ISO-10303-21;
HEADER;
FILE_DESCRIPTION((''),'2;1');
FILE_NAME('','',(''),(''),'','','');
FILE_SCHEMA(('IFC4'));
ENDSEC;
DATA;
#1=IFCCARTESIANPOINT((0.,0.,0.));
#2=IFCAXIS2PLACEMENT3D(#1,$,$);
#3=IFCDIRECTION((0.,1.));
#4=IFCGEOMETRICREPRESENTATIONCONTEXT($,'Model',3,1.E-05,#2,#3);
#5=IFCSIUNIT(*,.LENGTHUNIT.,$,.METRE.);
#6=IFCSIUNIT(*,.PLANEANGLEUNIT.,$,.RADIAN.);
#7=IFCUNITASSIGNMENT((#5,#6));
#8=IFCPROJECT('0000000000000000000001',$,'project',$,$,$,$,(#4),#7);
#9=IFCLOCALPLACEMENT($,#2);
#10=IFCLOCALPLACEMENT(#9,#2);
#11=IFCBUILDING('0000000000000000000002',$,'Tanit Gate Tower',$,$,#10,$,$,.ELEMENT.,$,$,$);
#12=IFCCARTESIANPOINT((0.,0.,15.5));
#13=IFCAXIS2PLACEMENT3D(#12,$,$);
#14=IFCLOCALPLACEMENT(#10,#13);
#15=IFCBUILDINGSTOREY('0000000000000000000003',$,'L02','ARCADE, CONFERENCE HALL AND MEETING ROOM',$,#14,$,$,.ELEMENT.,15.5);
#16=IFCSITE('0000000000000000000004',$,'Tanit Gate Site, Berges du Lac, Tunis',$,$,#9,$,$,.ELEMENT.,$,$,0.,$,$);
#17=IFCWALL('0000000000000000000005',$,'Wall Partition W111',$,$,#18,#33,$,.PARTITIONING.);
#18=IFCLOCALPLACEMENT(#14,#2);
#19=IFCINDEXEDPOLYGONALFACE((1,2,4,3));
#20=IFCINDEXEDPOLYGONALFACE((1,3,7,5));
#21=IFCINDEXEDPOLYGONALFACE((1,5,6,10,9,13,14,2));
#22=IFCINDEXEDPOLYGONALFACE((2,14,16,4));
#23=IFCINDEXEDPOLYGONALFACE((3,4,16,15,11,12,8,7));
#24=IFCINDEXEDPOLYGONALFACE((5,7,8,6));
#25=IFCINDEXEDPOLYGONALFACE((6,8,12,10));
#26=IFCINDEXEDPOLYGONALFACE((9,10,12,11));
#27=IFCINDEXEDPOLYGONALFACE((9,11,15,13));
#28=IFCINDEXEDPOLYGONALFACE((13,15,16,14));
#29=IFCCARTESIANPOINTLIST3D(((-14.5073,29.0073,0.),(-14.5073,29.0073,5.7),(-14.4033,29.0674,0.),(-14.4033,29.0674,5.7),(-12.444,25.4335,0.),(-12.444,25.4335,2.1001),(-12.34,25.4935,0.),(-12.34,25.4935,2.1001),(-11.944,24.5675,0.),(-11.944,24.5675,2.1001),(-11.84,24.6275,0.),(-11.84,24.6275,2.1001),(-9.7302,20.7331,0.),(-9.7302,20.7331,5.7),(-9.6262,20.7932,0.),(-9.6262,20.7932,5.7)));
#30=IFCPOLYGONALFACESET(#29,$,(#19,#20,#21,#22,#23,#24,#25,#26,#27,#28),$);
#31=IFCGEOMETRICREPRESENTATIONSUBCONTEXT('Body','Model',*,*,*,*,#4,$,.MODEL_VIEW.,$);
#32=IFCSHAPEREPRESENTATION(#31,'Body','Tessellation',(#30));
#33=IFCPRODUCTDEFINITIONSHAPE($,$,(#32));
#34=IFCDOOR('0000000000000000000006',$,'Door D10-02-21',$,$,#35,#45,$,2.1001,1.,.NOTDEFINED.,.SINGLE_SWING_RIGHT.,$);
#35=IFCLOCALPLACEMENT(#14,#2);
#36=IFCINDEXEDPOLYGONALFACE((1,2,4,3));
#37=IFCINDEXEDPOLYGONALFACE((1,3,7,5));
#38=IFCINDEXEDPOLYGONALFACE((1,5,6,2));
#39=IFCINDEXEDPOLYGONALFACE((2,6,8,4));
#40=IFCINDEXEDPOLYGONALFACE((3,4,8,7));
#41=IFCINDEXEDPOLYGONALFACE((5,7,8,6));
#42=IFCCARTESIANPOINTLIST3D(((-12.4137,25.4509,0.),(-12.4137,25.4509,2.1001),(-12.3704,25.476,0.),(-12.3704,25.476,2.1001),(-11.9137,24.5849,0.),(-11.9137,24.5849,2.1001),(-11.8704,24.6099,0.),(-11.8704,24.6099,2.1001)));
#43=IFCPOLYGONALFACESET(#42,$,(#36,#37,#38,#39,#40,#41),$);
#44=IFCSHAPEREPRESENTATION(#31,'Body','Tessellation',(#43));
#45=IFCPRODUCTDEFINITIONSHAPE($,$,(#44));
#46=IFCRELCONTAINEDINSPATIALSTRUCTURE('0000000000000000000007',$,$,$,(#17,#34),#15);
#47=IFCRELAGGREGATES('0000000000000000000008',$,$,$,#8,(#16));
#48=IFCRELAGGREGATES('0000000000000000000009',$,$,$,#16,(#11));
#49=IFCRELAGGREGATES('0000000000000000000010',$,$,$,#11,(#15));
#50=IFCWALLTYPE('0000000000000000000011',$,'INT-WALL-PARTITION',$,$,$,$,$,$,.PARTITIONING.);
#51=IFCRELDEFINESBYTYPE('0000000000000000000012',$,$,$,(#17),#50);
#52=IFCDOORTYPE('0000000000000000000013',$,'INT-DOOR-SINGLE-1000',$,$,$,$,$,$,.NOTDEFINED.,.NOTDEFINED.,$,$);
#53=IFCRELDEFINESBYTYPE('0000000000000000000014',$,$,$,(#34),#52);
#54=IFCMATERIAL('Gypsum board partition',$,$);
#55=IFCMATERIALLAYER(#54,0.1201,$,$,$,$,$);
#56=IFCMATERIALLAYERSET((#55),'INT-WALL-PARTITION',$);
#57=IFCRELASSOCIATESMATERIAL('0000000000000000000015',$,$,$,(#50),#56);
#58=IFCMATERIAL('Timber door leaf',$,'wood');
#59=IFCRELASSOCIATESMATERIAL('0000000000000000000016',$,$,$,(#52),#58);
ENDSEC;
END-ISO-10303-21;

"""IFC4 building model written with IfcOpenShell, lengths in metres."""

from ifc_helpers import new_model, si_unit, direction, frame, frame_2d, origin, place, context, subcontext, project, spatial, rectangle, extrude, material, layer, layer_set, type_object, element, fill, save


model = new_model("IFC4")

# Units and contexts
model_context = context("Model", 3, precision=1e-05, world=origin(), true_north=direction((0.0, 1.0)))
body_context = subcontext(model_context, "Body", "Model", "MODEL_VIEW")
ifc_project = project(units=[si_unit("LENGTHUNIT", "METRE"), si_unit("PLANEANGLEUNIT", "RADIAN")], contexts=[model_context])

# Site, building, storey
site_placement = place(None, origin())
site = spatial("IfcSite", under=ifc_project, at=site_placement, Name="Tanit Gate Site, Berges du Lac, Tunis", CompositionType="ELEMENT", RefElevation=0.0)
building_placement = place(site_placement, origin())
building = spatial("IfcBuilding", under=site, at=building_placement, Name="Tanit Gate Tower", CompositionType="ELEMENT")
storey_placement = place(building_placement, frame((0.0, 0.0, 15.5)))
storey = spatial("IfcBuildingStorey", under=building, at=storey_placement, Name="L02", Description="ARCADE, CONFERENCE HALL AND MEETING ROOM", CompositionType="ELEMENT", Elevation=15.5)

# Wall, opening, door
ifc_material_1 = material(Name="Gypsum board partition")
ifc_layer_1 = layer(ifc_material_1, 0.1201)
ifc_layer_set_1 = layer_set([ifc_layer_1], Name="INT-WALL-PARTITION")
wall_type_1 = type_object("IfcWallType", Name="INT-WALL-PARTITION", PredefinedType="PARTITIONING", material=ifc_layer_set_1)
wall_1_placement = place(storey_placement, frame((-14.4553, 29.0374, 0.0), z_axis=(0.0, 0.0, 1.0), x_axis=(0.5, -0.866025, 0.0)))
wall_1 = element("IfcWall", 1, at=wall_1_placement, inside=storey, type_object=wall_type_1, Name="Wall Partition W111", PredefinedType="PARTITIONING", context=body_context, shape_type="SweptSolid", body=[
    extrude(rectangle(XDim=9.5542, YDim=0.1201, at=frame_2d((4.7771, 0.0))), origin(), (0.0, 0.0, 1.0), 5.7),
])
opening_1_placement = place(wall_1_placement, frame((4.1267, 0.0, 0.0)))
opening_1 = element("IfcOpeningElement", 2, at=opening_1_placement, cuts=wall_1, PredefinedType="OPENING", context=body_context, shape_type="SweptSolid", body=[
    extrude(rectangle(XDim=1.0, YDim=2.1001, at=frame_2d((0.5, 1.05))), frame((0.0, 0.0701, 0.0), z_axis=(0.0, -1.0, 0.0), x_axis=(1.0, 0.0, 0.0)), (0.0, 0.0, 1.0), 0.1401),
])
ifc_material_2 = material(Name="Timber door leaf", Category="wood")
door_type_1 = type_object("IfcDoorType", Name="INT-DOOR-SINGLE-1000", OperationType="NOTDEFINED", PredefinedType="NOTDEFINED", material=ifc_material_2)
door_1_placement = place(opening_1_placement, origin())
door_1 = element("IfcDoor", 3, at=door_1_placement, inside=storey, type_object=door_type_1, Name="Door D10-02-21", OperationType="SINGLE_SWING_RIGHT", OverallHeight=2.1001, OverallWidth=1.0, PredefinedType="NOTDEFINED", context=body_context, shape_type="SweptSolid", body=[
    extrude(rectangle(XDim=1.0, YDim=2.1001, at=frame_2d((0.5, 1.05))), frame((0.0, 0.0249, 0.0), z_axis=(0.0, -1.0, 0.0), x_axis=(1.0, 0.0, 0.0)), (0.0, 0.0, 1.0), 0.05),
])
fill(opening_1, door_1)

save(model, "model.ifc")
